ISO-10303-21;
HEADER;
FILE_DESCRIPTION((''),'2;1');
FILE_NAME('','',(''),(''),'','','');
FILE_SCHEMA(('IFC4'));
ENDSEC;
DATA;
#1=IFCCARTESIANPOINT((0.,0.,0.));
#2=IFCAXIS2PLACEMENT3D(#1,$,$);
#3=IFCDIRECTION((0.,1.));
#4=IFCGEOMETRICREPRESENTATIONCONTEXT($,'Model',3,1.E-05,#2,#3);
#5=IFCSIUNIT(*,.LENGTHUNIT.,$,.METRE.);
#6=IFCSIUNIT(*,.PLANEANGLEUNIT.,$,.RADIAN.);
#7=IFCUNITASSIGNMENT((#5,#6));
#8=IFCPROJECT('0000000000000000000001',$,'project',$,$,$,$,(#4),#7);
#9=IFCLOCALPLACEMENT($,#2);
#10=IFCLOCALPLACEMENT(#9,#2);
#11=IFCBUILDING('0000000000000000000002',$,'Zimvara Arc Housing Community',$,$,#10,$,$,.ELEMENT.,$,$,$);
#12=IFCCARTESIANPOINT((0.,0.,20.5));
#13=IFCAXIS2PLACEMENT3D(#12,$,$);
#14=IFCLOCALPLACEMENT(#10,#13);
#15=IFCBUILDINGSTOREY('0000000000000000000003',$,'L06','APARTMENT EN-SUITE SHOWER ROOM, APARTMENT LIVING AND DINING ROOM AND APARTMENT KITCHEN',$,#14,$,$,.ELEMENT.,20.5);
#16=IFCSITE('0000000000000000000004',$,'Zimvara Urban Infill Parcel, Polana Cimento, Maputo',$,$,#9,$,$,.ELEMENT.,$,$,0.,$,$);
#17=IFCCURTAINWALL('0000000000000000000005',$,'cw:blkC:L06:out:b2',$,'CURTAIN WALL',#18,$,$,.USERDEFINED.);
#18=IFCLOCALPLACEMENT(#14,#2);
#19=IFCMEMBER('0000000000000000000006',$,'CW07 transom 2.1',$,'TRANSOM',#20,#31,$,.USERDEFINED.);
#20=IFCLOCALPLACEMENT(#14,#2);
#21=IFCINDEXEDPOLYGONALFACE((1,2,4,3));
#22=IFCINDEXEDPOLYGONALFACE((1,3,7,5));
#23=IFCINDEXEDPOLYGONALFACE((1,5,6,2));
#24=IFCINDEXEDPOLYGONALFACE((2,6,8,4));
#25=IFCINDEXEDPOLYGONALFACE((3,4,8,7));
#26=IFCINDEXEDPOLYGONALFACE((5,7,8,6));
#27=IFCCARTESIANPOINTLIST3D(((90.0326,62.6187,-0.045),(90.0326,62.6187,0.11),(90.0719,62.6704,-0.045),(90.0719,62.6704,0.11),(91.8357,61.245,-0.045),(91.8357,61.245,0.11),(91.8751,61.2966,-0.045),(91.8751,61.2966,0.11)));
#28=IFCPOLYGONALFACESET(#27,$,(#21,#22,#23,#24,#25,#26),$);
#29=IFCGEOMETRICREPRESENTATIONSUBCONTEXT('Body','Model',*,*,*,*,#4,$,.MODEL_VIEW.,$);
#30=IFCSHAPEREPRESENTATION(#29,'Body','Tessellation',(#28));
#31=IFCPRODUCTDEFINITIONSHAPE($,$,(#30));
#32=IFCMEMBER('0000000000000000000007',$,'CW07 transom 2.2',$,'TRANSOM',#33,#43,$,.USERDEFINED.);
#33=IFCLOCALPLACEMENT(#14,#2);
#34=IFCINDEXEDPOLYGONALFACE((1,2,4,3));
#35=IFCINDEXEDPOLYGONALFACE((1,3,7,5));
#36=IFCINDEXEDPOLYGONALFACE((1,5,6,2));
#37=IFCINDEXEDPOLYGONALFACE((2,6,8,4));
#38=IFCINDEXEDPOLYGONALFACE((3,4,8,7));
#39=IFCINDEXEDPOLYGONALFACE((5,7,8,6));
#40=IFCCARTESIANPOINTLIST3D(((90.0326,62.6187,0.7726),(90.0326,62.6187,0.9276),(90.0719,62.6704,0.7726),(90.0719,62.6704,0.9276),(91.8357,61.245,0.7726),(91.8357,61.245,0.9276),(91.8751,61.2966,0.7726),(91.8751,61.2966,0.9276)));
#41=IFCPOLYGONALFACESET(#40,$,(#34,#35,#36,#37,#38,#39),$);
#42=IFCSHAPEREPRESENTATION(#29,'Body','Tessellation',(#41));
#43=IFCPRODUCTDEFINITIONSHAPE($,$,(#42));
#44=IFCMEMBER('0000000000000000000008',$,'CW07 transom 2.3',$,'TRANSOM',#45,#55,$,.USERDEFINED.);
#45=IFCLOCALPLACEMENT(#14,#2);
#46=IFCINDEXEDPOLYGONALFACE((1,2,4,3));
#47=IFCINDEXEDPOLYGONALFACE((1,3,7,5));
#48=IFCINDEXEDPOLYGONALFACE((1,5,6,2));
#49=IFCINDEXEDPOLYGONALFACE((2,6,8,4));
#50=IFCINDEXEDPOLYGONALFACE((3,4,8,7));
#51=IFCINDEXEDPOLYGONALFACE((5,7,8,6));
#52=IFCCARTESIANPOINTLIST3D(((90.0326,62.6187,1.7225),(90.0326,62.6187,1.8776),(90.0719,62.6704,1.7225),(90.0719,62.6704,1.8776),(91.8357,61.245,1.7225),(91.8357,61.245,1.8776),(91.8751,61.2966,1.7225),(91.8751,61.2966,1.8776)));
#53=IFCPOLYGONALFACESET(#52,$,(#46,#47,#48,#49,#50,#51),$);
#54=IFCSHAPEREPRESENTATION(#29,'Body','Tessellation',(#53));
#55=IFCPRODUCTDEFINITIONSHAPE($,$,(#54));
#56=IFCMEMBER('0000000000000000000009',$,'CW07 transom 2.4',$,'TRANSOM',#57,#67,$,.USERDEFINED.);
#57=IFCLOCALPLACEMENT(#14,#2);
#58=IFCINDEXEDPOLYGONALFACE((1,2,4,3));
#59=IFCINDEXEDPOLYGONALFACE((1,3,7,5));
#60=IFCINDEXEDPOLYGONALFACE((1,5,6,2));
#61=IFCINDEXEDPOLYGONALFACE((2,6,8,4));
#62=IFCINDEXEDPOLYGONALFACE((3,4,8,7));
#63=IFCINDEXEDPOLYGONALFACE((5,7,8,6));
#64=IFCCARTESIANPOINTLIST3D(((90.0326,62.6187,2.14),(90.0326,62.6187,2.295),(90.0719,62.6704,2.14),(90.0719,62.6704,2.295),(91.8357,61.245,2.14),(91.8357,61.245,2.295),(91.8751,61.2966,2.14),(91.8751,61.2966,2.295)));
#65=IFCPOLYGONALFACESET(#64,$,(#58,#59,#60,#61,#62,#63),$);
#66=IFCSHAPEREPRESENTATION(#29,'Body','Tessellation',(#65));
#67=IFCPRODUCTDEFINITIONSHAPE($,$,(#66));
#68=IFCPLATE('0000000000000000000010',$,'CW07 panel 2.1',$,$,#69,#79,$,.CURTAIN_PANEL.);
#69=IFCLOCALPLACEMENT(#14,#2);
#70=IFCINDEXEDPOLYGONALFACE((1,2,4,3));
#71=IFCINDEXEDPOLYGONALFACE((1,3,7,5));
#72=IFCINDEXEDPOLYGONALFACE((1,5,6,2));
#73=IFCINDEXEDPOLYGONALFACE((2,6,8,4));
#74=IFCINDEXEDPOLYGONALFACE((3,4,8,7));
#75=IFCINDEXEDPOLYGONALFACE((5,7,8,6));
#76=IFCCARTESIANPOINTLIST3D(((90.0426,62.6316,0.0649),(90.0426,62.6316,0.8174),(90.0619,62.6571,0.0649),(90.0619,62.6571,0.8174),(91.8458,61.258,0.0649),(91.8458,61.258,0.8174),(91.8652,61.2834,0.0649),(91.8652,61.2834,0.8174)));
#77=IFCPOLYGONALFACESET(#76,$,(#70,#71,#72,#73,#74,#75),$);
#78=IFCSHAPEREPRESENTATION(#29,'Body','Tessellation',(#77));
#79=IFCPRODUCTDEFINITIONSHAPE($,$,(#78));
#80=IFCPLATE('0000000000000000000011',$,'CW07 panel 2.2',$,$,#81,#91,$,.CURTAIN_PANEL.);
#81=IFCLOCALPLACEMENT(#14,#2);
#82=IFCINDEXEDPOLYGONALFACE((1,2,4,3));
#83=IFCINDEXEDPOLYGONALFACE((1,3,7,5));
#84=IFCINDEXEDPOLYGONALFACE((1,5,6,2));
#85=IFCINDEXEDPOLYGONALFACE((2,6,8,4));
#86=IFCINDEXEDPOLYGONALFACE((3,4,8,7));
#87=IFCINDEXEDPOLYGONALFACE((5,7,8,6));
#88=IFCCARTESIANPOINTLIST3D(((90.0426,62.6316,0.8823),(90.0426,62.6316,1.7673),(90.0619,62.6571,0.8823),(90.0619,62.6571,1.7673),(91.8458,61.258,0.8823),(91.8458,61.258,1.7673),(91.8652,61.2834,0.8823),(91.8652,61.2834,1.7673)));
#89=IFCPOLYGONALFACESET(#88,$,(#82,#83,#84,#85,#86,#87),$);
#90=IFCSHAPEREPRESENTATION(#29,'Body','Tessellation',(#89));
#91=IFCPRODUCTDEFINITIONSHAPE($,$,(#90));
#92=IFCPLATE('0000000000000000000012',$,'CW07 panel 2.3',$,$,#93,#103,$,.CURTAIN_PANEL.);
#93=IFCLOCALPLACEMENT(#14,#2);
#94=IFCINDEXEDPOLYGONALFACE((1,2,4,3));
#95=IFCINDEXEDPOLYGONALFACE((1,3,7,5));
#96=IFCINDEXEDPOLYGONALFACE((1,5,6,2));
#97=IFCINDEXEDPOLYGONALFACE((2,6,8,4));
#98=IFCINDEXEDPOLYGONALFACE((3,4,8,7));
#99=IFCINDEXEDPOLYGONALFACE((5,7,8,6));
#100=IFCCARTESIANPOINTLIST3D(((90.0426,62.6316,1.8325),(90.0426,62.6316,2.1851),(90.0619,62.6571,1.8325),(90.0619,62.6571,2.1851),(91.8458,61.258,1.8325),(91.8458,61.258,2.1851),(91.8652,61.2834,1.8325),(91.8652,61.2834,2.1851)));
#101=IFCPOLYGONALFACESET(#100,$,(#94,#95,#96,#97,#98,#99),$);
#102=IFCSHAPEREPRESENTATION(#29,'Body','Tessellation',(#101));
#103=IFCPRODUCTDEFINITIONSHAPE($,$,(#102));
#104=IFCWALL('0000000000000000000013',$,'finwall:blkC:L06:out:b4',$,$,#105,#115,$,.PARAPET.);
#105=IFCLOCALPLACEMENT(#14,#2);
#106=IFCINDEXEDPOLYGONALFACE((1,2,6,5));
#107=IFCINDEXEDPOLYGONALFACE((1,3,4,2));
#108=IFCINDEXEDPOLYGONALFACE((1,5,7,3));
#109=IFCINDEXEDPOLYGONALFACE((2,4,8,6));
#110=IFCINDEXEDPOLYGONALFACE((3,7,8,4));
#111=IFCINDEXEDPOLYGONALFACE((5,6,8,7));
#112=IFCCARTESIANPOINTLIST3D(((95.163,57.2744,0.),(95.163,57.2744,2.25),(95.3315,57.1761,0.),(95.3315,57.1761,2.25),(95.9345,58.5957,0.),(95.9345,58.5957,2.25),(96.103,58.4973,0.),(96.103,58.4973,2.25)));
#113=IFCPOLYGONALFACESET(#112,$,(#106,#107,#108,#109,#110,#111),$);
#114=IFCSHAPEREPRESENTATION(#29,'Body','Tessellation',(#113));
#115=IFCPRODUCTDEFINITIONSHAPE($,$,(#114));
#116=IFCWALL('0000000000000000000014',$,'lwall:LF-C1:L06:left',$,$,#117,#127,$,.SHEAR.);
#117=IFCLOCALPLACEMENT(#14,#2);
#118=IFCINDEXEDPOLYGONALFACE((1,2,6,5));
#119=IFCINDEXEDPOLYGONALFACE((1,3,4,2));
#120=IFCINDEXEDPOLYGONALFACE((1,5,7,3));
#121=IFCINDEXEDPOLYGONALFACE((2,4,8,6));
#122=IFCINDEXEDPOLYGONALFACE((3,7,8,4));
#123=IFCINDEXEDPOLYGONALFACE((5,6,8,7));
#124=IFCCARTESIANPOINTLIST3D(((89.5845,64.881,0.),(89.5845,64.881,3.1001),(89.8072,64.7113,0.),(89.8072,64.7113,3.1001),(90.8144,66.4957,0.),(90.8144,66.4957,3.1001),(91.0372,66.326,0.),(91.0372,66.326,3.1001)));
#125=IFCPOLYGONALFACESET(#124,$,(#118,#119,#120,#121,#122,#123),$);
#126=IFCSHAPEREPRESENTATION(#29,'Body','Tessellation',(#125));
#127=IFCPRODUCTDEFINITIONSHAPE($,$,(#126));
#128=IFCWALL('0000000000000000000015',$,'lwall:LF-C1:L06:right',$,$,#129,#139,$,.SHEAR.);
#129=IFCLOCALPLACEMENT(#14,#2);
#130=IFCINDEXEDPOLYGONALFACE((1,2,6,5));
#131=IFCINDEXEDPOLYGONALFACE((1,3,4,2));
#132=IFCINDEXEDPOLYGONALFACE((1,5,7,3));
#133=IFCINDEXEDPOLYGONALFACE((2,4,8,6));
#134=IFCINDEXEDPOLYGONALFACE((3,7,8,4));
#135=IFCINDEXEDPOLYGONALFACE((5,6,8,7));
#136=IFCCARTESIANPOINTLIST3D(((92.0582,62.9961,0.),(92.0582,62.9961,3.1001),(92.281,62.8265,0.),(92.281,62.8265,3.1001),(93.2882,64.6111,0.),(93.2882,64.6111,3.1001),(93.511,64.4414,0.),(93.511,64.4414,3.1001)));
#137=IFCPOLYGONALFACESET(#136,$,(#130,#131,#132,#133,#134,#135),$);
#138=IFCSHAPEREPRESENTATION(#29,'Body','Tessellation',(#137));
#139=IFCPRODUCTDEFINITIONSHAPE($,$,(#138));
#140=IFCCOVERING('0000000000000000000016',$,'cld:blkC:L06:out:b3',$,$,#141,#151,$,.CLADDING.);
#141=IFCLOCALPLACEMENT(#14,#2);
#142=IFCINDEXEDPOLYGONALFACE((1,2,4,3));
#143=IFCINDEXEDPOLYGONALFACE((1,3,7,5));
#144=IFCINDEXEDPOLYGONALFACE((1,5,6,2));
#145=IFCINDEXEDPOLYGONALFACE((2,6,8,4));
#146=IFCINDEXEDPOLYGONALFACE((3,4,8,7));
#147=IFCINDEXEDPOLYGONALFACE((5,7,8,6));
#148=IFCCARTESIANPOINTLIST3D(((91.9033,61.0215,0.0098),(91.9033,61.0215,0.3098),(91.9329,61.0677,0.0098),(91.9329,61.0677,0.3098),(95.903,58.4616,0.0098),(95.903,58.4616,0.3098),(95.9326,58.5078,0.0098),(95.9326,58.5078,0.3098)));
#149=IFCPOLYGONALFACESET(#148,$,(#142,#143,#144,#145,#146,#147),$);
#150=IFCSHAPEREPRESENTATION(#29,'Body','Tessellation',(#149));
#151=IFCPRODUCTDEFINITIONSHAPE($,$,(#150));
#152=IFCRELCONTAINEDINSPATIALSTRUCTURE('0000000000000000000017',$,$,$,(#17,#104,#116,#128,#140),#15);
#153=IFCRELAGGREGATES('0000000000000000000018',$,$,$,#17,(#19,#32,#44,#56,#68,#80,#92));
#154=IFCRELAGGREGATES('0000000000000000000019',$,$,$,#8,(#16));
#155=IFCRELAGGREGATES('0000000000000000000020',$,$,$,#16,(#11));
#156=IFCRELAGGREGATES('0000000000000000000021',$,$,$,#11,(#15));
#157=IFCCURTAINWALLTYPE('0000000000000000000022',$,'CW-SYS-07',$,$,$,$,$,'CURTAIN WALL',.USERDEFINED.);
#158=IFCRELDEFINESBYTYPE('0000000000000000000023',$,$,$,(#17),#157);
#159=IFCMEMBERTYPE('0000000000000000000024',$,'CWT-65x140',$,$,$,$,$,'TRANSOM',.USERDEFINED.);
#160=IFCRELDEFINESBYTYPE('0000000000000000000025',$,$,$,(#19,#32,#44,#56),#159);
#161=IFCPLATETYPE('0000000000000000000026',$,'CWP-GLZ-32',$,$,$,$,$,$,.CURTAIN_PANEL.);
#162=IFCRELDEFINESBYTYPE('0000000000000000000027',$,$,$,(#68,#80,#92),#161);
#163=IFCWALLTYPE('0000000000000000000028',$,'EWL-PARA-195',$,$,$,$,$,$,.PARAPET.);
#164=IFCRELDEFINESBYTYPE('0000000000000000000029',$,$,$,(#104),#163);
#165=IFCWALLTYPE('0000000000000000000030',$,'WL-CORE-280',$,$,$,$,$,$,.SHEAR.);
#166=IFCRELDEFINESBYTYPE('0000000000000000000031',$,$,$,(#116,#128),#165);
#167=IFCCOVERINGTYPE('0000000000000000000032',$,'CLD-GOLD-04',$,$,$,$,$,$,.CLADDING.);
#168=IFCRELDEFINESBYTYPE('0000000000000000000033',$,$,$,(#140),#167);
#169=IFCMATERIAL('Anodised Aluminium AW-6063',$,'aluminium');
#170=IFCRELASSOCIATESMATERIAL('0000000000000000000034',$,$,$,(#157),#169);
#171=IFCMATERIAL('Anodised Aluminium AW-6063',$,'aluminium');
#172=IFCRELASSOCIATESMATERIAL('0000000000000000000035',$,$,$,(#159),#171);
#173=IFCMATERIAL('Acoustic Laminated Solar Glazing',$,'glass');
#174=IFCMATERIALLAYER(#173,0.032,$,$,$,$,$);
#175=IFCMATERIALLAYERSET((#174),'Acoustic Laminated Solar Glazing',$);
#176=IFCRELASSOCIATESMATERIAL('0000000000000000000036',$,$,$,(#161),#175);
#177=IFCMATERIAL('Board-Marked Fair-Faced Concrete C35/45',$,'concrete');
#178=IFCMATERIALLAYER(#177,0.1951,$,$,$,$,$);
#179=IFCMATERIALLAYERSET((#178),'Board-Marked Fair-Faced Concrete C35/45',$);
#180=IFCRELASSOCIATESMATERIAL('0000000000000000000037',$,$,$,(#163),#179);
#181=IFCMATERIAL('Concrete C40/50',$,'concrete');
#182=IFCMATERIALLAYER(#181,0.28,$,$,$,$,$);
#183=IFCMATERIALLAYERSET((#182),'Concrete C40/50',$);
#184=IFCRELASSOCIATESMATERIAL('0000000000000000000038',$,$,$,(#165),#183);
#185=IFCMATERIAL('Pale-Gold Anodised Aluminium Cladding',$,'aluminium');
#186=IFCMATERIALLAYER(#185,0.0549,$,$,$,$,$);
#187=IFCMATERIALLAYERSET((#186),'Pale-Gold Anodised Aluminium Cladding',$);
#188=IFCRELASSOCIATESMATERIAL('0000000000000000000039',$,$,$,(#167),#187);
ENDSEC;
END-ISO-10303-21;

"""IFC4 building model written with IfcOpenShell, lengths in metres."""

from ifc_helpers import new_model, si_unit, direction, frame, frame_2d, origin, origin_2d, place, context, subcontext, project, spatial, rectangle, extrude, material, layer, layer_set, material_profile, profile_set, type_object, element, aggregate, save


model = new_model("IFC4")

# Units and contexts
model_context = context("Model", 3, precision=1e-05, world=origin(), true_north=direction((0.0, 1.0)))
body_context = subcontext(model_context, "Body", "Model", "MODEL_VIEW")
ifc_project = project(units=[si_unit("LENGTHUNIT", "METRE"), si_unit("PLANEANGLEUNIT", "RADIAN")], contexts=[model_context])

# Site, building, storey
site_placement = place(None, origin())
site = spatial("IfcSite", under=ifc_project, at=site_placement, Name="Zimvara Urban Infill Parcel, Polana Cimento, Maputo", CompositionType="ELEMENT", RefElevation=0.0)
building_placement = place(site_placement, origin())
building = spatial("IfcBuilding", under=site, at=building_placement, Name="Zimvara Arc Housing Community", CompositionType="ELEMENT")
storey_placement = place(building_placement, frame((0.0, 0.0, 20.5)))
storey = spatial("IfcBuildingStorey", under=building, at=storey_placement, Name="L06", Description="APARTMENT EN-SUITE SHOWER ROOM, APARTMENT LIVING AND DINING ROOM AND APARTMENT KITCHEN", CompositionType="ELEMENT", Elevation=20.5)

# Curtain wall
ifc_material_1 = material(Name="Anodised Aluminium AW-6063", Category="aluminium")
curtain_wall_type_1 = type_object("IfcCurtainWallType", Name="CW-SYS-07", ElementType="CURTAIN WALL", PredefinedType="USERDEFINED", material=ifc_material_1)
curtain_wall_1_placement = place(storey_placement, origin())
curtain_wall_1 = element("IfcCurtainWall", 1, at=curtain_wall_1_placement, inside=storey, type_object=curtain_wall_type_1, Name="cw:blkC:L06:out:b2", ObjectType="CURTAIN WALL", PredefinedType="USERDEFINED")

# Members
ifc_material_2 = material(Name="Anodised Aluminium AW-6063", Category="aluminium")
ifc_material_profile_1 = material_profile(ifc_material_2, rectangle(XDim=0.0649, YDim=0.155, at=origin_2d()), Name="ALU 65x155")
ifc_profile_set_1 = profile_set([ifc_material_profile_1], Name="Anodised Aluminium AW-6063")
member_type_1 = type_object("IfcMemberType", Name="CWT-65x140", ElementType="TRANSOM", PredefinedType="USERDEFINED", material=ifc_profile_set_1)
member_1_placement = place(storey_placement, frame((90.0522, 62.6445, 0.0325), z_axis=(0.795454, -0.606014, 0.0), x_axis=(0.606014, 0.795454, 0.0)))
member_1 = element("IfcMember", 2, at=member_1_placement, type_object=member_type_1, Name="CW07 transom 2.1", ObjectType="TRANSOM", PredefinedType="USERDEFINED", context=body_context, shape_type="SweptSolid", body=[
    extrude(rectangle(XDim=0.0649, YDim=0.155, at=origin_2d()), origin(), (0.0, 0.0, 1.0), 2.2668),
])
member_2_placement = place(storey_placement, frame((90.0522, 62.6445, 0.8501), z_axis=(0.795454, -0.606014, 0.0), x_axis=(0.606014, 0.795454, 0.0)))
member_2 = element("IfcMember", 3, at=member_2_placement, type_object=member_type_1, Name="CW07 transom 2.2", ObjectType="TRANSOM", PredefinedType="USERDEFINED", context=body_context, shape_type="SweptSolid", body=[
    extrude(rectangle(XDim=0.0649, YDim=0.155, at=origin_2d()), origin(), (0.0, 0.0, 1.0), 2.2668),
])
member_3_placement = place(storey_placement, frame((90.0522, 62.6445, 1.8), z_axis=(0.795454, -0.606014, 0.0), x_axis=(0.606014, 0.795454, 0.0)))
member_3 = element("IfcMember", 4, at=member_3_placement, type_object=member_type_1, Name="CW07 transom 2.3", ObjectType="TRANSOM", PredefinedType="USERDEFINED", context=body_context, shape_type="SweptSolid", body=[
    extrude(rectangle(XDim=0.0649, YDim=0.155, at=origin_2d()), origin(), (0.0, 0.0, 1.0), 2.2668),
])
member_4_placement = place(storey_placement, frame((90.0522, 62.6445, 2.2175), z_axis=(0.795454, -0.606014, 0.0), x_axis=(0.606014, 0.795454, 0.0)))
member_4 = element("IfcMember", 5, at=member_4_placement, type_object=member_type_1, Name="CW07 transom 2.4", ObjectType="TRANSOM", PredefinedType="USERDEFINED", context=body_context, shape_type="SweptSolid", body=[
    extrude(rectangle(XDim=0.0649, YDim=0.155, at=origin_2d()), origin(), (0.0, 0.0, 1.0), 2.2668),
])

# Plates
ifc_material_3 = material(Name="Acoustic Laminated Solar Glazing", Category="glass")
ifc_layer_1 = layer(ifc_material_3, 0.032)
ifc_layer_set_1 = layer_set([ifc_layer_1], Name="Acoustic Laminated Solar Glazing")
plate_type = type_object("IfcPlateType", Name="CWP-GLZ-32", PredefinedType="CURTAIN_PANEL", material=ifc_layer_set_1)
plate_1_placement = place(storey_placement, frame((90.9539, 61.9575, 0.0649), z_axis=(0.0, 0.0, 1.0), x_axis=(0.795474, -0.605988, 0.0)))
plate_1 = element("IfcPlate", 6, at=plate_1_placement, type_object=plate_type, Name="CW07 panel 2.1", PredefinedType="CURTAIN_PANEL", context=body_context, shape_type="SweptSolid", body=[
    extrude(rectangle(XDim=2.2668, YDim=0.032, at=origin_2d()), origin(), (0.0, 0.0, 1.0), 0.7524),
])
plate_2_placement = place(storey_placement, frame((90.9539, 61.9575, 0.8823), z_axis=(0.0, 0.0, 1.0), x_axis=(0.795474, -0.605988, 0.0)))
plate_2 = element("IfcPlate", 7, at=plate_2_placement, type_object=plate_type, Name="CW07 panel 2.2", PredefinedType="CURTAIN_PANEL", context=body_context, shape_type="SweptSolid", body=[
    extrude(rectangle(XDim=2.2668, YDim=0.032, at=origin_2d()), origin(), (0.0, 0.0, 1.0), 0.885),
])
plate_3_placement = place(storey_placement, frame((90.9539, 61.9575, 1.8325), z_axis=(0.0, 0.0, 1.0), x_axis=(0.795474, -0.605988, 0.0)))
plate_3 = element("IfcPlate", 8, at=plate_3_placement, type_object=plate_type, Name="CW07 panel 2.3", PredefinedType="CURTAIN_PANEL", context=body_context, shape_type="SweptSolid", body=[
    extrude(rectangle(XDim=2.2668, YDim=0.032, at=origin_2d()), origin(), (0.0, 0.0, 1.0), 0.3525),
])
aggregate(curtain_wall_1, [member_1, member_2, member_3, member_4, plate_1, plate_2, plate_3])

# Wall
ifc_material_4 = material(Name="Board-Marked Fair-Faced Concrete C35/45", Category="concrete")
ifc_layer_2 = layer(ifc_material_4, 0.1951)
ifc_layer_set_2 = layer_set([ifc_layer_2], Name="Board-Marked Fair-Faced Concrete C35/45")
wall_type_1 = type_object("IfcWallType", Name="EWL-PARA-195", PredefinedType="PARAPET", material=ifc_layer_set_2)
wall_1_placement = place(storey_placement, frame((96.0188, 58.5466, 0.0), z_axis=(0.0, 0.0, 1.0), x_axis=(-0.504228, -0.86357, 0.0)))
element("IfcWall", 9, at=wall_1_placement, inside=storey, type_object=wall_type_1, Name="finwall:blkC:L06:out:b4", PredefinedType="PARAPET", context=body_context, shape_type="SweptSolid", body=[
    extrude(rectangle(XDim=1.53, YDim=0.1951, at=frame_2d((0.7651, 0.0))), origin(), (0.0, 0.0, 1.0), 2.25),
])

# Shared definitions
ifc_material_5 = material(Name="Concrete C40/50", Category="concrete")
ifc_layer_3 = layer(ifc_material_5, 0.28)
ifc_layer_set_3 = layer_set([ifc_layer_3], Name="Concrete C40/50")
wall_type_2 = type_object("IfcWallType", Name="WL-CORE-280", PredefinedType="SHEAR", material=ifc_layer_set_3)

# Walls
wall_2_placement = place(storey_placement, frame((90.9258, 66.4109, 0.0), z_axis=(0.0, 0.0, 1.0), x_axis=(-0.605949, -0.795504, 0.0)))
element("IfcWall", 10, at=wall_2_placement, inside=storey, type_object=wall_type_2, Name="lwall:LF-C1:L06:left", PredefinedType="SHEAR", context=body_context, shape_type="SweptSolid", body=[
    extrude(rectangle(XDim=2.0298, YDim=0.28, at=frame_2d((1.0149, 0.0))), origin(), (0.0, 0.0, 1.0), 3.1001),
])
wall_3_placement = place(storey_placement, frame((93.3997, 64.5264, 0.0), z_axis=(0.0, 0.0, 1.0), x_axis=(-0.605891, -0.795548, 0.0)))
element("IfcWall", 11, at=wall_3_placement, inside=storey, type_object=wall_type_2, Name="lwall:LF-C1:L06:right", PredefinedType="SHEAR", context=body_context, shape_type="SweptSolid", body=[
    extrude(rectangle(XDim=2.03, YDim=0.28, at=frame_2d((1.0151, 0.0))), origin(), (0.0, 0.0, 1.0), 3.1001),
])

# Covering
ifc_material_6 = material(Name="Pale-Gold Anodised Aluminium Cladding", Category="aluminium")
ifc_layer_4 = layer(ifc_material_6, 0.0549)
ifc_layer_set_4 = layer_set([ifc_layer_4], Name="Pale-Gold Anodised Aluminium Cladding")
covering_type = type_object("IfcCoveringType", Name="CLD-GOLD-04", PredefinedType="CLADDING", material=ifc_layer_set_4)
covering_placement = place(storey_placement, frame((93.918, 59.7646, 0.0098), z_axis=(0.0, 0.0, 1.0), x_axis=(0.842265, -0.539063, 0.0)))
element("IfcCovering", 12, at=covering_placement, inside=storey, type_object=covering_type, Name="cld:blkC:L06:out:b3", PredefinedType="CLADDING", context=body_context, shape_type="SweptSolid", body=[
    extrude(rectangle(XDim=4.7488, YDim=0.0549, at=origin_2d()), origin(), (0.0, 0.0, 1.0), 0.3),
])

save(model, "model.ifc")
